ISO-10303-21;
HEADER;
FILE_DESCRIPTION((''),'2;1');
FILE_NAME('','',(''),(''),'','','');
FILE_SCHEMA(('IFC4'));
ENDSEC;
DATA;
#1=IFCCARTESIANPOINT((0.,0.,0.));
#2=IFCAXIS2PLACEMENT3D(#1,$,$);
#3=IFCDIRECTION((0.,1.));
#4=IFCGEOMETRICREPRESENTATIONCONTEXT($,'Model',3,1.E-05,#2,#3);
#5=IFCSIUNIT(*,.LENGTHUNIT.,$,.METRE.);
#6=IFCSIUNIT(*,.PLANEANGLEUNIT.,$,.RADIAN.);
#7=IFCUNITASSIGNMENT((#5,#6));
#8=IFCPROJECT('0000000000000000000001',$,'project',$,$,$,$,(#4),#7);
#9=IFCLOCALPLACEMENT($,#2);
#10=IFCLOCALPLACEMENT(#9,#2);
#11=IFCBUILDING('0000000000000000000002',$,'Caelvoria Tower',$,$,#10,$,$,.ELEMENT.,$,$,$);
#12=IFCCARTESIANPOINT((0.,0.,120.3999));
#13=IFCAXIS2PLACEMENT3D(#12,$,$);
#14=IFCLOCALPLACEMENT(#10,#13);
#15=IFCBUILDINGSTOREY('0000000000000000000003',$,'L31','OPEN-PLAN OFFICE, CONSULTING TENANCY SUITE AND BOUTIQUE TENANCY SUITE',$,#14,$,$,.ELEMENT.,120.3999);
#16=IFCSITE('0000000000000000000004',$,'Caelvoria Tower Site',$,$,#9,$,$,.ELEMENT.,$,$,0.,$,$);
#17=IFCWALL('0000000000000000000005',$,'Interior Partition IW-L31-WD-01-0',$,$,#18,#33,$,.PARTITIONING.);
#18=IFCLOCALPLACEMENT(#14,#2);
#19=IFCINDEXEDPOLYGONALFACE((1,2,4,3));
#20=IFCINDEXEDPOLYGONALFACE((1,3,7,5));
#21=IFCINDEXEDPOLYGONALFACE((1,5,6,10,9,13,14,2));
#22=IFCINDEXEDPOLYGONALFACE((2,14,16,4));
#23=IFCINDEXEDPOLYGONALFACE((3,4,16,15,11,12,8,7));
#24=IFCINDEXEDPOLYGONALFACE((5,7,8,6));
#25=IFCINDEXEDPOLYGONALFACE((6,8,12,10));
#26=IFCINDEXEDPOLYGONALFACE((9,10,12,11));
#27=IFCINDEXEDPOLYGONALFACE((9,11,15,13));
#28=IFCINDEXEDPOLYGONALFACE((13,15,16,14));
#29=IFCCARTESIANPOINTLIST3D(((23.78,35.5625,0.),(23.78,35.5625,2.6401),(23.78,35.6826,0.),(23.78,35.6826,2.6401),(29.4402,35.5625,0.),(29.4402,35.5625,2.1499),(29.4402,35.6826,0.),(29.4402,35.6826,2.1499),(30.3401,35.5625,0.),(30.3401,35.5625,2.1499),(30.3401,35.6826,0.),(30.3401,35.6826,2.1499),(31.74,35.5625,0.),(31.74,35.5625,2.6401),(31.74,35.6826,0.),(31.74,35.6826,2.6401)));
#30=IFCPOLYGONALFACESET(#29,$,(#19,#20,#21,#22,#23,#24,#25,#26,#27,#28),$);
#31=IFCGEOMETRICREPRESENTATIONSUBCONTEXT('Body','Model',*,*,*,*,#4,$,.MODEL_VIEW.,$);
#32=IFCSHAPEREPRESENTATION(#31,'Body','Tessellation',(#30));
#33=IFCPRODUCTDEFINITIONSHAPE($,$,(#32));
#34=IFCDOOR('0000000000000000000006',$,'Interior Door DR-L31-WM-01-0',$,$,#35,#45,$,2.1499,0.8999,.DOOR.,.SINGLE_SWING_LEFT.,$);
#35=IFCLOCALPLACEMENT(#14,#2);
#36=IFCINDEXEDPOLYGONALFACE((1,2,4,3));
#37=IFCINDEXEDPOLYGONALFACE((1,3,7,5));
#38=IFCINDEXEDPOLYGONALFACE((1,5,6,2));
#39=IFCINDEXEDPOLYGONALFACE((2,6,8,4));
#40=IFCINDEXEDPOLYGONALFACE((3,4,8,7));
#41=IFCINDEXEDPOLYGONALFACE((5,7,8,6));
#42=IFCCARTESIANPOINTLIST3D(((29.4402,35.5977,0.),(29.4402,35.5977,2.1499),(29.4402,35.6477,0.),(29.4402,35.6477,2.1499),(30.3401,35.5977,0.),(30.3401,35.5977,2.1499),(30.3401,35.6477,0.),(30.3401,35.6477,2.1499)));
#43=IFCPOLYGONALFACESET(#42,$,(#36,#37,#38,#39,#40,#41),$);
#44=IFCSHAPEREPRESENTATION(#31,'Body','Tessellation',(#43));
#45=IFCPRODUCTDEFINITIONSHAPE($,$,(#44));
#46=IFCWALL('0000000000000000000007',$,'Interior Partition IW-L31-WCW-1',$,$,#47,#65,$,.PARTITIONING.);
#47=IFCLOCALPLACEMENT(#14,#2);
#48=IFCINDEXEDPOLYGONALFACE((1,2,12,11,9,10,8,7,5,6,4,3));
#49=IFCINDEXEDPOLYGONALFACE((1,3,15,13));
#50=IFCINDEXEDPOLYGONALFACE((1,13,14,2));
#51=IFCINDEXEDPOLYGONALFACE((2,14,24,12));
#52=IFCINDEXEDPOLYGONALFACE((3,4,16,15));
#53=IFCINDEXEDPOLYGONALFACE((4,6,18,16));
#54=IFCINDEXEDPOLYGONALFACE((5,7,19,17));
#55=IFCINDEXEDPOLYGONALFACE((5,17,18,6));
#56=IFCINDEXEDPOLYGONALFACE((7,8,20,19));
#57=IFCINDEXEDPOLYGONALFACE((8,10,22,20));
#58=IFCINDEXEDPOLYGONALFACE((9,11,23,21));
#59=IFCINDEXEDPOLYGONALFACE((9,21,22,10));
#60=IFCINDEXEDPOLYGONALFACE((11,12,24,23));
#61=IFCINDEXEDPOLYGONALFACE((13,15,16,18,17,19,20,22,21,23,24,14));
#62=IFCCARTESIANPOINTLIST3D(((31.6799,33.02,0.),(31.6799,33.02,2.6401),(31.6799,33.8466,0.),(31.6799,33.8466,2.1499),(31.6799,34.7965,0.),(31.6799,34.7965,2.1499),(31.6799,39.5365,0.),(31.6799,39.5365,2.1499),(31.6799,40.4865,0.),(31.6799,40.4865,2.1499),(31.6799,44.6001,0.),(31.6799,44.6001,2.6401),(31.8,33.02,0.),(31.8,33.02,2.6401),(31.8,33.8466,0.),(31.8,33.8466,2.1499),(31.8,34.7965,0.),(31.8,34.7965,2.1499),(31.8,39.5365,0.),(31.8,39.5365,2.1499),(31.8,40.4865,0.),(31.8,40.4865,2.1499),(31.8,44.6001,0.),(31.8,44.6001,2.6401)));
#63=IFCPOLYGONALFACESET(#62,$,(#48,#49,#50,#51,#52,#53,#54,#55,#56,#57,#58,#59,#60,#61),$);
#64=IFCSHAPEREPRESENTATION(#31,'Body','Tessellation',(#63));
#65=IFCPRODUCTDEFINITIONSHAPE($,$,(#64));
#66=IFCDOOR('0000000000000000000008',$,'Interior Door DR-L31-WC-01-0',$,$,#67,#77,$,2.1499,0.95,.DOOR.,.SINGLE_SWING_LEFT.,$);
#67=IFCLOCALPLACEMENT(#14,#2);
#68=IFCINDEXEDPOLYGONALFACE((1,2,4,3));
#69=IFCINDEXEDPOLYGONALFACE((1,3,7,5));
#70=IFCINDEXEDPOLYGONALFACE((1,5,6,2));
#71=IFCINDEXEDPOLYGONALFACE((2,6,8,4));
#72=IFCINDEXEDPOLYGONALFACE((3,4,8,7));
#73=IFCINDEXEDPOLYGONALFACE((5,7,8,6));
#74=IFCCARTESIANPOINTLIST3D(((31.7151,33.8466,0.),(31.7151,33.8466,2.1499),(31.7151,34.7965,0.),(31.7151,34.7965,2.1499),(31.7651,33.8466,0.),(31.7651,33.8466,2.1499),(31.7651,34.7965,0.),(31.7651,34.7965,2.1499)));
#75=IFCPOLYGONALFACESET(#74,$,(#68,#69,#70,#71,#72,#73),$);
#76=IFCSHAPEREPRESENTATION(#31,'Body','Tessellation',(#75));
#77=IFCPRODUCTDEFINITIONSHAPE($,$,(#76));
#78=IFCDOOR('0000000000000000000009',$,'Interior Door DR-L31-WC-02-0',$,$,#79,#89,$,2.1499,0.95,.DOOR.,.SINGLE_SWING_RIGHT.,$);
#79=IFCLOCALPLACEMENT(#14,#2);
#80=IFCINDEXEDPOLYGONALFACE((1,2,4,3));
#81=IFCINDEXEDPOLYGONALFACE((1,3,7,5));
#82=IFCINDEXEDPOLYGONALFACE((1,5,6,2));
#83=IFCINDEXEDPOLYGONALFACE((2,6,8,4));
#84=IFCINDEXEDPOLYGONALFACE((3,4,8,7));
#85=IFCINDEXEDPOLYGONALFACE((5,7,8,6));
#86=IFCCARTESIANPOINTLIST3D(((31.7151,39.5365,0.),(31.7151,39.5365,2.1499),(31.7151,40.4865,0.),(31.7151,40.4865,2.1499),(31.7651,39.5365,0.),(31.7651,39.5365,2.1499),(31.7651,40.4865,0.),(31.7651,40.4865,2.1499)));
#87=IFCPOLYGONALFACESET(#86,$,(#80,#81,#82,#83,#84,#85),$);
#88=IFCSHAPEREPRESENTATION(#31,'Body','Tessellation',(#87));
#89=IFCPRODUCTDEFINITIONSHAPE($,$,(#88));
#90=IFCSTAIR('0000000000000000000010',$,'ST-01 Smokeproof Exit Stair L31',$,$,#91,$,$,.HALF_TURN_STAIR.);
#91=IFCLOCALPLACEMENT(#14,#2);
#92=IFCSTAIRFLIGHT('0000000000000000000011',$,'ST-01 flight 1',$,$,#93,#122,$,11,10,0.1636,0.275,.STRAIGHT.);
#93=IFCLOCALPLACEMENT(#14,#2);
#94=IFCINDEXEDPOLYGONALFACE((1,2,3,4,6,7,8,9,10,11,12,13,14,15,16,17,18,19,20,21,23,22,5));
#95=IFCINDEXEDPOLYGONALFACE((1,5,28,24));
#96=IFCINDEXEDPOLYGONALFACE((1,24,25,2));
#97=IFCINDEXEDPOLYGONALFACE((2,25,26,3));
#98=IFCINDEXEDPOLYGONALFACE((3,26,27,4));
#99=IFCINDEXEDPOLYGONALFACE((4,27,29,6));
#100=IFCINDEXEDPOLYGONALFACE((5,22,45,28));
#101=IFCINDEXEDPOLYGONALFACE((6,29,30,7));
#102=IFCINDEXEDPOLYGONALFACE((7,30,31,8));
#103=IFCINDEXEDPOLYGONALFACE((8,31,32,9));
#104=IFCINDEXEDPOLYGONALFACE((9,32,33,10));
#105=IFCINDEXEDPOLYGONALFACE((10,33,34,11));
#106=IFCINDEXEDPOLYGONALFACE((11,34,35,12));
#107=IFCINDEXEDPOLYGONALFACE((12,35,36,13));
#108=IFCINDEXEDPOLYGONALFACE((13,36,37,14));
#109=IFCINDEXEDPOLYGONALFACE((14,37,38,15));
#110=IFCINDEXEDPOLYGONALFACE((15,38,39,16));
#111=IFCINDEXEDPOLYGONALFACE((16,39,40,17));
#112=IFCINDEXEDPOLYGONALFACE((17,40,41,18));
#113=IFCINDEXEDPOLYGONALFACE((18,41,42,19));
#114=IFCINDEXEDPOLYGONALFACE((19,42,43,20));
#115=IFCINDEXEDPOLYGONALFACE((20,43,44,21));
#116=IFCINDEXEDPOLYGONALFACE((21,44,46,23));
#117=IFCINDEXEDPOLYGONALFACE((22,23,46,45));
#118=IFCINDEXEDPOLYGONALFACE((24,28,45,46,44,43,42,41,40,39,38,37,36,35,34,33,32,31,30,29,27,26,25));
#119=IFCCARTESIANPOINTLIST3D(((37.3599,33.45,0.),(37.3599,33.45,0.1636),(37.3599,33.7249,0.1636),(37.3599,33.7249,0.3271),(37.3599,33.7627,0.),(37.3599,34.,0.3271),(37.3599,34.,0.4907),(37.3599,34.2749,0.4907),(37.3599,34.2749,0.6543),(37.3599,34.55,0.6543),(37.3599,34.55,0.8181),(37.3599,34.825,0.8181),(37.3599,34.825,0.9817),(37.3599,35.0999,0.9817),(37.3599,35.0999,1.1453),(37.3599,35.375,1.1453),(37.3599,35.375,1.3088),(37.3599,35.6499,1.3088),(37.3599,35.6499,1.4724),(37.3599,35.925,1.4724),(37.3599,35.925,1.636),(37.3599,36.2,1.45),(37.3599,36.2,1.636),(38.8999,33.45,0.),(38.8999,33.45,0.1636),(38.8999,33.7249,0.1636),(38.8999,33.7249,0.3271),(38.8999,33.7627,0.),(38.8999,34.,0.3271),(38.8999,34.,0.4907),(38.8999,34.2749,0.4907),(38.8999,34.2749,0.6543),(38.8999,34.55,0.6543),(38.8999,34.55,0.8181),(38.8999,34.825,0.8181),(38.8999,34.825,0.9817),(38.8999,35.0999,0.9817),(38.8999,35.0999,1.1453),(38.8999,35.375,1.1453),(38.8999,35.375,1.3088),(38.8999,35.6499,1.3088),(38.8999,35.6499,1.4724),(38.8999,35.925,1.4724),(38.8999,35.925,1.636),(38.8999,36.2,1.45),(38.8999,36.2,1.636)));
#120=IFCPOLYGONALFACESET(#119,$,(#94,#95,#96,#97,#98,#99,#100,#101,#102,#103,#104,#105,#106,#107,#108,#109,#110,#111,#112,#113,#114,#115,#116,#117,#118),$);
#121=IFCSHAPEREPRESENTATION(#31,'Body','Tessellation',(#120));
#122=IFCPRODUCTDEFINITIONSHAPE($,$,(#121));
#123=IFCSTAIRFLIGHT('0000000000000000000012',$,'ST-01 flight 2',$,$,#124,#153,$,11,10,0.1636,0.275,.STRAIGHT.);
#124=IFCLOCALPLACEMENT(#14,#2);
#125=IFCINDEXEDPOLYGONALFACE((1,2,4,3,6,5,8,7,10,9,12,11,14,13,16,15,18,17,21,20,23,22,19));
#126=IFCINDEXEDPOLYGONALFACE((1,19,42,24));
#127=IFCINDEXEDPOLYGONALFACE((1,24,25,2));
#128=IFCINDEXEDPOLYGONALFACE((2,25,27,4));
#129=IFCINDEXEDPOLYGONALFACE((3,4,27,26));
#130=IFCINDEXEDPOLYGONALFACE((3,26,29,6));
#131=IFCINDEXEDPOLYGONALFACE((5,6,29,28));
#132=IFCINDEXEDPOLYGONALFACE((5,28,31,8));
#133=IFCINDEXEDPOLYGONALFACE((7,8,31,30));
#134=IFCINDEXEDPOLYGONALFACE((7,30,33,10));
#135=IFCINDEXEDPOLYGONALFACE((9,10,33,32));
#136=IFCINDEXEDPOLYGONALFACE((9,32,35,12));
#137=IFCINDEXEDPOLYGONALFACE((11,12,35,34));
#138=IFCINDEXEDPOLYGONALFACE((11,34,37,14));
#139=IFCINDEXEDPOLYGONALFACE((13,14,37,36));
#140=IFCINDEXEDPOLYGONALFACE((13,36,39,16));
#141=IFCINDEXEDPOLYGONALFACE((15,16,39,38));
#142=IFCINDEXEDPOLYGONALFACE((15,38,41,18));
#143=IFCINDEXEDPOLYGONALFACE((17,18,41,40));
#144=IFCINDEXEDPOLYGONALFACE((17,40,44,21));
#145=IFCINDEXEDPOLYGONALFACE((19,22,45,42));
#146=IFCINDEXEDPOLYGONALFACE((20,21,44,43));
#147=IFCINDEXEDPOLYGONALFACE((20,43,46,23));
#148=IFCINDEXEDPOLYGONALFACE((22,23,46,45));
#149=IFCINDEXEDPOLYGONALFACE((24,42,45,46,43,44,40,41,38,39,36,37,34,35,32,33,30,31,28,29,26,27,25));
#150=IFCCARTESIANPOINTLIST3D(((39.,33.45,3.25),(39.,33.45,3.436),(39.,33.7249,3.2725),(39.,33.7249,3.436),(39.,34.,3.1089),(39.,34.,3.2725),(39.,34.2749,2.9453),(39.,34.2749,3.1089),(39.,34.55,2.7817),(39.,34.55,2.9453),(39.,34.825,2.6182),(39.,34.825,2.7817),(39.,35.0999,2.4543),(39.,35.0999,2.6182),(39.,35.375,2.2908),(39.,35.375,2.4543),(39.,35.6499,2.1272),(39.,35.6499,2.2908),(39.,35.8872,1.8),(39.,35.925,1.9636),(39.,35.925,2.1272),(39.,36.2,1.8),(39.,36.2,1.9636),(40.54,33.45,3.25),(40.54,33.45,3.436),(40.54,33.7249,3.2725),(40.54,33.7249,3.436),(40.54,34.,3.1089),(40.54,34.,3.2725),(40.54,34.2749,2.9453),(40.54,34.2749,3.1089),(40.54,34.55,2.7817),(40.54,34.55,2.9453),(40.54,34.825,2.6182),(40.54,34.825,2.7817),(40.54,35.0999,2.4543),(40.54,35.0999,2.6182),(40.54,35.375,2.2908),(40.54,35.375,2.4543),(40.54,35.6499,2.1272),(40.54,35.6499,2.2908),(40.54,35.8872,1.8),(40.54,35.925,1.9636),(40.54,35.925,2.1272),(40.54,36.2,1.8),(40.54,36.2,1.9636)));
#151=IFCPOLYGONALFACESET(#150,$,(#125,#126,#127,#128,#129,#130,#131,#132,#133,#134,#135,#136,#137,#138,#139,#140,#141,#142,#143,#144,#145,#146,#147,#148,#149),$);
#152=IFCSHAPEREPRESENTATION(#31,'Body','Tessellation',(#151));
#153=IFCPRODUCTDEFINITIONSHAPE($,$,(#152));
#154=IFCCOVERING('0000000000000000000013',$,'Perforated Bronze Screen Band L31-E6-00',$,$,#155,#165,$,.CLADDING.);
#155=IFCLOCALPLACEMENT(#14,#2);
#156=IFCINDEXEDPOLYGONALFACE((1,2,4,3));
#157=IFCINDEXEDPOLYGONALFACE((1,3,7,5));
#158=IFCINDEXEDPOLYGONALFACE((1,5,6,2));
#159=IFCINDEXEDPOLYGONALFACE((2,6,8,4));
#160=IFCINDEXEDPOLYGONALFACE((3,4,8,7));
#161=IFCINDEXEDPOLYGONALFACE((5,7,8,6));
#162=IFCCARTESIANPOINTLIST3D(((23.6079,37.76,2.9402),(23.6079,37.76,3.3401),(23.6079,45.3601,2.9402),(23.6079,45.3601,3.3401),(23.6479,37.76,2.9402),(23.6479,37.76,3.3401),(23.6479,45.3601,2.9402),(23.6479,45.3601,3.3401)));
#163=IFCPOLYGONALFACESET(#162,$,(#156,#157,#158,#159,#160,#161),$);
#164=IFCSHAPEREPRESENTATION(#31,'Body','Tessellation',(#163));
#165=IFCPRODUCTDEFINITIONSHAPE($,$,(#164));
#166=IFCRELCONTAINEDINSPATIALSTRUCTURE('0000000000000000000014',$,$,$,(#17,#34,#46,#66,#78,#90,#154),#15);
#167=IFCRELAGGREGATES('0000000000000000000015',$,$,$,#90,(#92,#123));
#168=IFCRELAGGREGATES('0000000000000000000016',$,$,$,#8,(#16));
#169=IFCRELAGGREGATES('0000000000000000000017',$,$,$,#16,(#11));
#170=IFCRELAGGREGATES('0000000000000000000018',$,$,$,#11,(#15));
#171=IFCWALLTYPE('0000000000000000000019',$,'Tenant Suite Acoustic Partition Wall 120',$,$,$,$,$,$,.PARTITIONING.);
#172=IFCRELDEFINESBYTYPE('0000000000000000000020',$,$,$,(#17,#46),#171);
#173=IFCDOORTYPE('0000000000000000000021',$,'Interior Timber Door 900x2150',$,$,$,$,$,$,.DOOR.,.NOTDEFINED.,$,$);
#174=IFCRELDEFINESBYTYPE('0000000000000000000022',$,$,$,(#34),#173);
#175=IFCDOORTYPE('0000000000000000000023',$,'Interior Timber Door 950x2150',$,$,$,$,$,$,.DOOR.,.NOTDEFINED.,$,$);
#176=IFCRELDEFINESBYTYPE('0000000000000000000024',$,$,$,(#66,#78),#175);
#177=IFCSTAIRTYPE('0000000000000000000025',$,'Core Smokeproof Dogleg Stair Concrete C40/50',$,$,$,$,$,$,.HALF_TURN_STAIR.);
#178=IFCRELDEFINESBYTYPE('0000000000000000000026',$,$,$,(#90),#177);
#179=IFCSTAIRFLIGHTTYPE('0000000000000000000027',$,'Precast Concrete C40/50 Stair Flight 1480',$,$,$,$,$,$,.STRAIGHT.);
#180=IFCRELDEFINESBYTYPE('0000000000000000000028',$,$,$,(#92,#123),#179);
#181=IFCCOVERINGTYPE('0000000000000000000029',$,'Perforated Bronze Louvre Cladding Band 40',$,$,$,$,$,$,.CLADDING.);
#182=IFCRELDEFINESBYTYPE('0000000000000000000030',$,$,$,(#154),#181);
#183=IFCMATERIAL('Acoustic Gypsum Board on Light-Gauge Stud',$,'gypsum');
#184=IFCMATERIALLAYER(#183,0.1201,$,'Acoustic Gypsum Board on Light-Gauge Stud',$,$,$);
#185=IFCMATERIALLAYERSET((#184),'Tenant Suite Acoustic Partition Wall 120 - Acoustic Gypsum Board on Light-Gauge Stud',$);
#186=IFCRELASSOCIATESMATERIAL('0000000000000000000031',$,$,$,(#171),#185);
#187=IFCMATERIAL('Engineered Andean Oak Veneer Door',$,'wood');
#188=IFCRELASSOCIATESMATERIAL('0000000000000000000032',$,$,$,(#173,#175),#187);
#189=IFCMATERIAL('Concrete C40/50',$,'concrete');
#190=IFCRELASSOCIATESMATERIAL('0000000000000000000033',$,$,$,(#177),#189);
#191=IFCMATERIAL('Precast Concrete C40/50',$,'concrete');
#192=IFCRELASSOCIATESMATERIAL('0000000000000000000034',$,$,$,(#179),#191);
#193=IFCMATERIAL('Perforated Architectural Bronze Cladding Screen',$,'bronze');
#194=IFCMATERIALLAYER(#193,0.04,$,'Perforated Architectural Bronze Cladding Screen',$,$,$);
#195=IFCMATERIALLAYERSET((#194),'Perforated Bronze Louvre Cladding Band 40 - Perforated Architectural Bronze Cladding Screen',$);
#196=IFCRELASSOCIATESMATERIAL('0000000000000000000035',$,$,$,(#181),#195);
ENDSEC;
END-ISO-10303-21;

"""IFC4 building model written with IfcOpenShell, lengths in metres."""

from ifc_helpers import new_model, si_unit, direction, frame, frame_2d, origin, origin_2d, place, context, subcontext, project, spatial, polyline, rectangle, outline, extrude, material, layer, layer_set, type_object, element, fill, aggregate, save


model = new_model("IFC4")

# Units and contexts
model_context = context("Model", 3, precision=1e-05, world=origin(), true_north=direction((0.0, 1.0)))
body_context = subcontext(model_context, "Body", "Model", "MODEL_VIEW")
ifc_project = project(units=[si_unit("LENGTHUNIT", "METRE"), si_unit("PLANEANGLEUNIT", "RADIAN")], contexts=[model_context])

# Site, building, storey
site_placement = place(None, origin())
site = spatial("IfcSite", under=ifc_project, at=site_placement, Name="Caelvoria Tower Site", CompositionType="ELEMENT", RefElevation=0.0)
building_placement = place(site_placement, origin())
building = spatial("IfcBuilding", under=site, at=building_placement, Name="Caelvoria Tower", CompositionType="ELEMENT")
storey_placement = place(building_placement, frame((0.0, 0.0, 120.3999)))
storey = spatial("IfcBuildingStorey", under=building, at=storey_placement, Name="L31", Description="OPEN-PLAN OFFICE, CONSULTING TENANCY SUITE AND BOUTIQUE TENANCY SUITE", CompositionType="ELEMENT", Elevation=120.3999)

# Wall, opening, door
ifc_material_1 = material(Name="Acoustic Gypsum Board on Light-Gauge Stud", Category="gypsum")
ifc_layer_1 = layer(ifc_material_1, 0.1201, Name="Acoustic Gypsum Board on Light-Gauge Stud")
ifc_layer_set_1 = layer_set([ifc_layer_1], Name="Tenant Suite Acoustic Partition Wall 120 - Acoustic Gypsum Board on Light-Gauge Stud")
wall_type_1 = type_object("IfcWallType", Name="Tenant Suite Acoustic Partition Wall 120", PredefinedType="PARTITIONING", material=ifc_layer_set_1)
wall_1_placement = place(storey_placement, frame((31.74, 35.6226, 0.0), z_axis=(0.0, 0.0, 1.0), x_axis=(-1.0, 0.0, 0.0)))
wall_1 = element("IfcWall", 1, at=wall_1_placement, inside=storey, type_object=wall_type_1, Name="Interior Partition IW-L31-WD-01-0", PredefinedType="PARTITIONING", context=body_context, shape_type="SweptSolid", body=[
    extrude(rectangle(XDim=7.96, YDim=0.1201, at=frame_2d((3.98, 0.0))), origin(), (0.0, 0.0, 1.0), 2.6401),
])
opening_1_placement = place(wall_1_placement, frame((1.3999, 0.0, 0.0)))
opening_1 = element("IfcOpeningElement", 2, at=opening_1_placement, cuts=wall_1, PredefinedType="OPENING", context=body_context, shape_type="SweptSolid", body=[
    extrude(rectangle(XDim=0.8999, YDim=2.1499, at=frame_2d((0.45, 1.075))), frame((0.0, 0.0701, 0.0), z_axis=(0.0, -1.0, 0.0), x_axis=(1.0, 0.0, 0.0)), (0.0, 0.0, 1.0), 0.1401),
])
ifc_material_2 = material(Name="Engineered Andean Oak Veneer Door", Category="wood")
door_type_1 = type_object("IfcDoorType", Name="Interior Timber Door 900x2150", OperationType="NOTDEFINED", PredefinedType="DOOR", material=ifc_material_2)
door_1_placement = place(opening_1_placement, origin())
door_1 = element("IfcDoor", 3, at=door_1_placement, inside=storey, type_object=door_type_1, Name="Interior Door DR-L31-WM-01-0", OperationType="SINGLE_SWING_LEFT", OverallHeight=2.1499, OverallWidth=0.8999, PredefinedType="DOOR", context=body_context, shape_type="SweptSolid", body=[
    extrude(rectangle(XDim=0.8999, YDim=2.1499, at=frame_2d((0.45, 1.075))), frame((0.0, 0.0249, 0.0), z_axis=(0.0, -1.0, 0.0), x_axis=(1.0, 0.0, 0.0)), (0.0, 0.0, 1.0), 0.05),
])
fill(opening_1, door_1)

# Wall, openings, doors
wall_2_placement = place(storey_placement, frame((31.74, 33.02, 0.0), z_axis=(0.0, 0.0, 1.0), x_axis=(0.0, 1.0, 0.0)))
wall_2 = element("IfcWall", 4, at=wall_2_placement, inside=storey, type_object=wall_type_1, Name="Interior Partition IW-L31-WCW-1", PredefinedType="PARTITIONING", context=body_context, shape_type="SweptSolid", body=[
    extrude(rectangle(XDim=11.5801, YDim=0.1201, at=frame_2d((5.79, 0.0))), origin(), (0.0, 0.0, 1.0), 2.6401),
])
opening_2_placement = place(wall_2_placement, frame((0.8264, 0.0, 0.0)))
opening_2 = element("IfcOpeningElement", 5, at=opening_2_placement, cuts=wall_2, PredefinedType="OPENING", context=body_context, shape_type="SweptSolid", body=[
    extrude(rectangle(XDim=0.95, YDim=2.1499, at=frame_2d((0.4751, 1.075))), frame((0.0, 0.0701, 0.0), z_axis=(0.0, -1.0, 0.0), x_axis=(1.0, 0.0, 0.0)), (0.0, 0.0, 1.0), 0.1401),
])
opening_3_placement = place(wall_2_placement, frame((6.5164, 0.0, 0.0)))
opening_3 = element("IfcOpeningElement", 6, at=opening_3_placement, cuts=wall_2, PredefinedType="OPENING", context=body_context, shape_type="SweptSolid", body=[
    extrude(rectangle(XDim=0.95, YDim=2.1499, at=frame_2d((0.4751, 1.075))), frame((0.0, 0.0701, 0.0), z_axis=(0.0, -1.0, 0.0), x_axis=(1.0, 0.0, 0.0)), (0.0, 0.0, 1.0), 0.1401),
])
door_type_2 = type_object("IfcDoorType", Name="Interior Timber Door 950x2150", OperationType="NOTDEFINED", PredefinedType="DOOR", material=ifc_material_2)
door_2_placement = place(opening_2_placement, origin())
door_2 = element("IfcDoor", 7, at=door_2_placement, inside=storey, type_object=door_type_2, Name="Interior Door DR-L31-WC-01-0", OperationType="SINGLE_SWING_LEFT", OverallHeight=2.1499, OverallWidth=0.95, PredefinedType="DOOR", context=body_context, shape_type="SweptSolid", body=[
    extrude(rectangle(XDim=0.95, YDim=2.1499, at=frame_2d((0.4751, 1.075))), frame((0.0, 0.0249, 0.0), z_axis=(0.0, -1.0, 0.0), x_axis=(1.0, 0.0, 0.0)), (0.0, 0.0, 1.0), 0.05),
])
fill(opening_2, door_2)
door_3_placement = place(opening_3_placement, origin())
door_3 = element("IfcDoor", 8, at=door_3_placement, inside=storey, type_object=door_type_2, Name="Interior Door DR-L31-WC-02-0", OperationType="SINGLE_SWING_RIGHT", OverallHeight=2.1499, OverallWidth=0.95, PredefinedType="DOOR", context=body_context, shape_type="SweptSolid", body=[
    extrude(rectangle(XDim=0.95, YDim=2.1499, at=frame_2d((0.4751, 1.075))), frame((0.0, 0.0249, 0.0), z_axis=(0.0, -1.0, 0.0), x_axis=(1.0, 0.0, 0.0)), (0.0, 0.0, 1.0), 0.05),
])
fill(opening_3, door_3)

# Stair, stair flights
ifc_material_3 = material(Name="Concrete C40/50", Category="concrete")
stair_type = type_object("IfcStairType", Name="Core Smokeproof Dogleg Stair Concrete C40/50", PredefinedType="HALF_TURN_STAIR", material=ifc_material_3)
stair_placement = place(storey_placement, origin())
stair = element("IfcStair", 9, at=stair_placement, inside=storey, type_object=stair_type, Name="ST-01 Smokeproof Exit Stair L31", PredefinedType="HALF_TURN_STAIR")
ifc_material_4 = material(Name="Precast Concrete C40/50", Category="concrete")
stair_flight_type = type_object("IfcStairFlightType", Name="Precast Concrete C40/50 Stair Flight 1480", PredefinedType="STRAIGHT", material=ifc_material_4)
stair_flight_1_placement = place(storey_placement, frame((38.1299, 33.45, 0.0), z_axis=(0.0, 0.0, 1.0), x_axis=(0.0, 1.0, 0.0)))
stair_flight_1 = element("IfcStairFlight", 10, at=stair_flight_1_placement, type_object=stair_flight_type, Name="ST-01 flight 1", NumberOfRisers=11, NumberOfTreads=10, PredefinedType="STRAIGHT", RiserHeight=0.1636, TreadLength=0.275, context=body_context, shape_type="SweptSolid", body=[
    extrude(outline(polyline([(0.0, 0.0), (0.0, 0.1636), (0.2749, 0.1636), (0.2749, 0.3271), (0.55, 0.3271), (0.55, 0.4907), (0.825, 0.4907), (0.825, 0.6543), (1.1001, 0.6543), (1.1001, 0.8181), (1.375, 0.8181), (1.375, 0.9817), (1.6499, 0.9817), (1.6499, 1.1453), (1.925, 1.1453), (1.925, 1.3088), (2.2, 1.3088), (2.2, 1.4724), (2.4751, 1.4724), (2.4751, 1.636), (2.75, 1.636), (2.75, 1.7996), (2.75, 1.45), (0.3127, 0.0), (0.0, 0.0)])), frame((0.0, 0.77, 0.0), z_axis=(0.0, -1.0, 0.0), x_axis=(1.0, 0.0, 0.0)), (0.0, 0.0, 1.0), 1.54),
])
stair_flight_2_placement = place(storey_placement, frame((39.77, 36.2, 1.8), z_axis=(0.0, 0.0, 1.0), x_axis=(0.0, -1.0, 0.0)))
stair_flight_2 = element("IfcStairFlight", 11, at=stair_flight_2_placement, type_object=stair_flight_type, Name="ST-01 flight 2", NumberOfRisers=11, NumberOfTreads=10, PredefinedType="STRAIGHT", RiserHeight=0.1636, TreadLength=0.275, context=body_context, shape_type="SweptSolid", body=[
    extrude(outline(polyline([(0.0, 0.0), (0.0, 0.1636), (0.2749, 0.1636), (0.2749, 0.3271), (0.55, 0.3271), (0.55, 0.4907), (0.825, 0.4907), (0.825, 0.6543), (1.1001, 0.6543), (1.1001, 0.8181), (1.375, 0.8181), (1.375, 0.9817), (1.6499, 0.9817), (1.6499, 1.1453), (1.925, 1.1453), (1.925, 1.3088), (2.2, 1.3088), (2.2, 1.4724), (2.4751, 1.4724), (2.4751, 1.636), (2.75, 1.636), (2.75, 1.7996), (2.75, 1.45), (0.3127, 0.0), (0.0, 0.0)])), frame((0.0, 0.77, 0.0), z_axis=(0.0, -1.0, 0.0), x_axis=(1.0, 0.0, 0.0)), (0.0, 0.0, 1.0), 1.54),
])
aggregate(stair, [stair_flight_1, stair_flight_2])

# Covering
ifc_material_5 = material(Name="Perforated Architectural Bronze Cladding Screen", Category="bronze")
ifc_layer_2 = layer(ifc_material_5, 0.04, Name="Perforated Architectural Bronze Cladding Screen")
ifc_layer_set_2 = layer_set([ifc_layer_2], Name="Perforated Bronze Louvre Cladding Band 40 - Perforated Architectural Bronze Cladding Screen")
covering_type = type_object("IfcCoveringType", Name="Perforated Bronze Louvre Cladding Band 40", PredefinedType="CLADDING", material=ifc_layer_set_2)
for number, where, z_axis, x_axis, name in (
    (12, (23.6279, 41.5601, 2.9402), (0.0, 0.0, 1.0), (0.0, -1.0, 0.0), "Perforated Bronze Screen Band L31-E6-00"),
):
    element("IfcCovering", number, at=place(storey_placement, frame(where, z_axis=z_axis, x_axis=x_axis)), inside=storey, type_object=covering_type, Name=name, PredefinedType="CLADDING", context=body_context, shape_type="SweptSolid", body=[
        extrude(rectangle(XDim=7.6001, YDim=0.04, at=origin_2d()), origin(), (0.0, 0.0, 1.0), 0.3999),
    ])

save(model, "model.ifc")
